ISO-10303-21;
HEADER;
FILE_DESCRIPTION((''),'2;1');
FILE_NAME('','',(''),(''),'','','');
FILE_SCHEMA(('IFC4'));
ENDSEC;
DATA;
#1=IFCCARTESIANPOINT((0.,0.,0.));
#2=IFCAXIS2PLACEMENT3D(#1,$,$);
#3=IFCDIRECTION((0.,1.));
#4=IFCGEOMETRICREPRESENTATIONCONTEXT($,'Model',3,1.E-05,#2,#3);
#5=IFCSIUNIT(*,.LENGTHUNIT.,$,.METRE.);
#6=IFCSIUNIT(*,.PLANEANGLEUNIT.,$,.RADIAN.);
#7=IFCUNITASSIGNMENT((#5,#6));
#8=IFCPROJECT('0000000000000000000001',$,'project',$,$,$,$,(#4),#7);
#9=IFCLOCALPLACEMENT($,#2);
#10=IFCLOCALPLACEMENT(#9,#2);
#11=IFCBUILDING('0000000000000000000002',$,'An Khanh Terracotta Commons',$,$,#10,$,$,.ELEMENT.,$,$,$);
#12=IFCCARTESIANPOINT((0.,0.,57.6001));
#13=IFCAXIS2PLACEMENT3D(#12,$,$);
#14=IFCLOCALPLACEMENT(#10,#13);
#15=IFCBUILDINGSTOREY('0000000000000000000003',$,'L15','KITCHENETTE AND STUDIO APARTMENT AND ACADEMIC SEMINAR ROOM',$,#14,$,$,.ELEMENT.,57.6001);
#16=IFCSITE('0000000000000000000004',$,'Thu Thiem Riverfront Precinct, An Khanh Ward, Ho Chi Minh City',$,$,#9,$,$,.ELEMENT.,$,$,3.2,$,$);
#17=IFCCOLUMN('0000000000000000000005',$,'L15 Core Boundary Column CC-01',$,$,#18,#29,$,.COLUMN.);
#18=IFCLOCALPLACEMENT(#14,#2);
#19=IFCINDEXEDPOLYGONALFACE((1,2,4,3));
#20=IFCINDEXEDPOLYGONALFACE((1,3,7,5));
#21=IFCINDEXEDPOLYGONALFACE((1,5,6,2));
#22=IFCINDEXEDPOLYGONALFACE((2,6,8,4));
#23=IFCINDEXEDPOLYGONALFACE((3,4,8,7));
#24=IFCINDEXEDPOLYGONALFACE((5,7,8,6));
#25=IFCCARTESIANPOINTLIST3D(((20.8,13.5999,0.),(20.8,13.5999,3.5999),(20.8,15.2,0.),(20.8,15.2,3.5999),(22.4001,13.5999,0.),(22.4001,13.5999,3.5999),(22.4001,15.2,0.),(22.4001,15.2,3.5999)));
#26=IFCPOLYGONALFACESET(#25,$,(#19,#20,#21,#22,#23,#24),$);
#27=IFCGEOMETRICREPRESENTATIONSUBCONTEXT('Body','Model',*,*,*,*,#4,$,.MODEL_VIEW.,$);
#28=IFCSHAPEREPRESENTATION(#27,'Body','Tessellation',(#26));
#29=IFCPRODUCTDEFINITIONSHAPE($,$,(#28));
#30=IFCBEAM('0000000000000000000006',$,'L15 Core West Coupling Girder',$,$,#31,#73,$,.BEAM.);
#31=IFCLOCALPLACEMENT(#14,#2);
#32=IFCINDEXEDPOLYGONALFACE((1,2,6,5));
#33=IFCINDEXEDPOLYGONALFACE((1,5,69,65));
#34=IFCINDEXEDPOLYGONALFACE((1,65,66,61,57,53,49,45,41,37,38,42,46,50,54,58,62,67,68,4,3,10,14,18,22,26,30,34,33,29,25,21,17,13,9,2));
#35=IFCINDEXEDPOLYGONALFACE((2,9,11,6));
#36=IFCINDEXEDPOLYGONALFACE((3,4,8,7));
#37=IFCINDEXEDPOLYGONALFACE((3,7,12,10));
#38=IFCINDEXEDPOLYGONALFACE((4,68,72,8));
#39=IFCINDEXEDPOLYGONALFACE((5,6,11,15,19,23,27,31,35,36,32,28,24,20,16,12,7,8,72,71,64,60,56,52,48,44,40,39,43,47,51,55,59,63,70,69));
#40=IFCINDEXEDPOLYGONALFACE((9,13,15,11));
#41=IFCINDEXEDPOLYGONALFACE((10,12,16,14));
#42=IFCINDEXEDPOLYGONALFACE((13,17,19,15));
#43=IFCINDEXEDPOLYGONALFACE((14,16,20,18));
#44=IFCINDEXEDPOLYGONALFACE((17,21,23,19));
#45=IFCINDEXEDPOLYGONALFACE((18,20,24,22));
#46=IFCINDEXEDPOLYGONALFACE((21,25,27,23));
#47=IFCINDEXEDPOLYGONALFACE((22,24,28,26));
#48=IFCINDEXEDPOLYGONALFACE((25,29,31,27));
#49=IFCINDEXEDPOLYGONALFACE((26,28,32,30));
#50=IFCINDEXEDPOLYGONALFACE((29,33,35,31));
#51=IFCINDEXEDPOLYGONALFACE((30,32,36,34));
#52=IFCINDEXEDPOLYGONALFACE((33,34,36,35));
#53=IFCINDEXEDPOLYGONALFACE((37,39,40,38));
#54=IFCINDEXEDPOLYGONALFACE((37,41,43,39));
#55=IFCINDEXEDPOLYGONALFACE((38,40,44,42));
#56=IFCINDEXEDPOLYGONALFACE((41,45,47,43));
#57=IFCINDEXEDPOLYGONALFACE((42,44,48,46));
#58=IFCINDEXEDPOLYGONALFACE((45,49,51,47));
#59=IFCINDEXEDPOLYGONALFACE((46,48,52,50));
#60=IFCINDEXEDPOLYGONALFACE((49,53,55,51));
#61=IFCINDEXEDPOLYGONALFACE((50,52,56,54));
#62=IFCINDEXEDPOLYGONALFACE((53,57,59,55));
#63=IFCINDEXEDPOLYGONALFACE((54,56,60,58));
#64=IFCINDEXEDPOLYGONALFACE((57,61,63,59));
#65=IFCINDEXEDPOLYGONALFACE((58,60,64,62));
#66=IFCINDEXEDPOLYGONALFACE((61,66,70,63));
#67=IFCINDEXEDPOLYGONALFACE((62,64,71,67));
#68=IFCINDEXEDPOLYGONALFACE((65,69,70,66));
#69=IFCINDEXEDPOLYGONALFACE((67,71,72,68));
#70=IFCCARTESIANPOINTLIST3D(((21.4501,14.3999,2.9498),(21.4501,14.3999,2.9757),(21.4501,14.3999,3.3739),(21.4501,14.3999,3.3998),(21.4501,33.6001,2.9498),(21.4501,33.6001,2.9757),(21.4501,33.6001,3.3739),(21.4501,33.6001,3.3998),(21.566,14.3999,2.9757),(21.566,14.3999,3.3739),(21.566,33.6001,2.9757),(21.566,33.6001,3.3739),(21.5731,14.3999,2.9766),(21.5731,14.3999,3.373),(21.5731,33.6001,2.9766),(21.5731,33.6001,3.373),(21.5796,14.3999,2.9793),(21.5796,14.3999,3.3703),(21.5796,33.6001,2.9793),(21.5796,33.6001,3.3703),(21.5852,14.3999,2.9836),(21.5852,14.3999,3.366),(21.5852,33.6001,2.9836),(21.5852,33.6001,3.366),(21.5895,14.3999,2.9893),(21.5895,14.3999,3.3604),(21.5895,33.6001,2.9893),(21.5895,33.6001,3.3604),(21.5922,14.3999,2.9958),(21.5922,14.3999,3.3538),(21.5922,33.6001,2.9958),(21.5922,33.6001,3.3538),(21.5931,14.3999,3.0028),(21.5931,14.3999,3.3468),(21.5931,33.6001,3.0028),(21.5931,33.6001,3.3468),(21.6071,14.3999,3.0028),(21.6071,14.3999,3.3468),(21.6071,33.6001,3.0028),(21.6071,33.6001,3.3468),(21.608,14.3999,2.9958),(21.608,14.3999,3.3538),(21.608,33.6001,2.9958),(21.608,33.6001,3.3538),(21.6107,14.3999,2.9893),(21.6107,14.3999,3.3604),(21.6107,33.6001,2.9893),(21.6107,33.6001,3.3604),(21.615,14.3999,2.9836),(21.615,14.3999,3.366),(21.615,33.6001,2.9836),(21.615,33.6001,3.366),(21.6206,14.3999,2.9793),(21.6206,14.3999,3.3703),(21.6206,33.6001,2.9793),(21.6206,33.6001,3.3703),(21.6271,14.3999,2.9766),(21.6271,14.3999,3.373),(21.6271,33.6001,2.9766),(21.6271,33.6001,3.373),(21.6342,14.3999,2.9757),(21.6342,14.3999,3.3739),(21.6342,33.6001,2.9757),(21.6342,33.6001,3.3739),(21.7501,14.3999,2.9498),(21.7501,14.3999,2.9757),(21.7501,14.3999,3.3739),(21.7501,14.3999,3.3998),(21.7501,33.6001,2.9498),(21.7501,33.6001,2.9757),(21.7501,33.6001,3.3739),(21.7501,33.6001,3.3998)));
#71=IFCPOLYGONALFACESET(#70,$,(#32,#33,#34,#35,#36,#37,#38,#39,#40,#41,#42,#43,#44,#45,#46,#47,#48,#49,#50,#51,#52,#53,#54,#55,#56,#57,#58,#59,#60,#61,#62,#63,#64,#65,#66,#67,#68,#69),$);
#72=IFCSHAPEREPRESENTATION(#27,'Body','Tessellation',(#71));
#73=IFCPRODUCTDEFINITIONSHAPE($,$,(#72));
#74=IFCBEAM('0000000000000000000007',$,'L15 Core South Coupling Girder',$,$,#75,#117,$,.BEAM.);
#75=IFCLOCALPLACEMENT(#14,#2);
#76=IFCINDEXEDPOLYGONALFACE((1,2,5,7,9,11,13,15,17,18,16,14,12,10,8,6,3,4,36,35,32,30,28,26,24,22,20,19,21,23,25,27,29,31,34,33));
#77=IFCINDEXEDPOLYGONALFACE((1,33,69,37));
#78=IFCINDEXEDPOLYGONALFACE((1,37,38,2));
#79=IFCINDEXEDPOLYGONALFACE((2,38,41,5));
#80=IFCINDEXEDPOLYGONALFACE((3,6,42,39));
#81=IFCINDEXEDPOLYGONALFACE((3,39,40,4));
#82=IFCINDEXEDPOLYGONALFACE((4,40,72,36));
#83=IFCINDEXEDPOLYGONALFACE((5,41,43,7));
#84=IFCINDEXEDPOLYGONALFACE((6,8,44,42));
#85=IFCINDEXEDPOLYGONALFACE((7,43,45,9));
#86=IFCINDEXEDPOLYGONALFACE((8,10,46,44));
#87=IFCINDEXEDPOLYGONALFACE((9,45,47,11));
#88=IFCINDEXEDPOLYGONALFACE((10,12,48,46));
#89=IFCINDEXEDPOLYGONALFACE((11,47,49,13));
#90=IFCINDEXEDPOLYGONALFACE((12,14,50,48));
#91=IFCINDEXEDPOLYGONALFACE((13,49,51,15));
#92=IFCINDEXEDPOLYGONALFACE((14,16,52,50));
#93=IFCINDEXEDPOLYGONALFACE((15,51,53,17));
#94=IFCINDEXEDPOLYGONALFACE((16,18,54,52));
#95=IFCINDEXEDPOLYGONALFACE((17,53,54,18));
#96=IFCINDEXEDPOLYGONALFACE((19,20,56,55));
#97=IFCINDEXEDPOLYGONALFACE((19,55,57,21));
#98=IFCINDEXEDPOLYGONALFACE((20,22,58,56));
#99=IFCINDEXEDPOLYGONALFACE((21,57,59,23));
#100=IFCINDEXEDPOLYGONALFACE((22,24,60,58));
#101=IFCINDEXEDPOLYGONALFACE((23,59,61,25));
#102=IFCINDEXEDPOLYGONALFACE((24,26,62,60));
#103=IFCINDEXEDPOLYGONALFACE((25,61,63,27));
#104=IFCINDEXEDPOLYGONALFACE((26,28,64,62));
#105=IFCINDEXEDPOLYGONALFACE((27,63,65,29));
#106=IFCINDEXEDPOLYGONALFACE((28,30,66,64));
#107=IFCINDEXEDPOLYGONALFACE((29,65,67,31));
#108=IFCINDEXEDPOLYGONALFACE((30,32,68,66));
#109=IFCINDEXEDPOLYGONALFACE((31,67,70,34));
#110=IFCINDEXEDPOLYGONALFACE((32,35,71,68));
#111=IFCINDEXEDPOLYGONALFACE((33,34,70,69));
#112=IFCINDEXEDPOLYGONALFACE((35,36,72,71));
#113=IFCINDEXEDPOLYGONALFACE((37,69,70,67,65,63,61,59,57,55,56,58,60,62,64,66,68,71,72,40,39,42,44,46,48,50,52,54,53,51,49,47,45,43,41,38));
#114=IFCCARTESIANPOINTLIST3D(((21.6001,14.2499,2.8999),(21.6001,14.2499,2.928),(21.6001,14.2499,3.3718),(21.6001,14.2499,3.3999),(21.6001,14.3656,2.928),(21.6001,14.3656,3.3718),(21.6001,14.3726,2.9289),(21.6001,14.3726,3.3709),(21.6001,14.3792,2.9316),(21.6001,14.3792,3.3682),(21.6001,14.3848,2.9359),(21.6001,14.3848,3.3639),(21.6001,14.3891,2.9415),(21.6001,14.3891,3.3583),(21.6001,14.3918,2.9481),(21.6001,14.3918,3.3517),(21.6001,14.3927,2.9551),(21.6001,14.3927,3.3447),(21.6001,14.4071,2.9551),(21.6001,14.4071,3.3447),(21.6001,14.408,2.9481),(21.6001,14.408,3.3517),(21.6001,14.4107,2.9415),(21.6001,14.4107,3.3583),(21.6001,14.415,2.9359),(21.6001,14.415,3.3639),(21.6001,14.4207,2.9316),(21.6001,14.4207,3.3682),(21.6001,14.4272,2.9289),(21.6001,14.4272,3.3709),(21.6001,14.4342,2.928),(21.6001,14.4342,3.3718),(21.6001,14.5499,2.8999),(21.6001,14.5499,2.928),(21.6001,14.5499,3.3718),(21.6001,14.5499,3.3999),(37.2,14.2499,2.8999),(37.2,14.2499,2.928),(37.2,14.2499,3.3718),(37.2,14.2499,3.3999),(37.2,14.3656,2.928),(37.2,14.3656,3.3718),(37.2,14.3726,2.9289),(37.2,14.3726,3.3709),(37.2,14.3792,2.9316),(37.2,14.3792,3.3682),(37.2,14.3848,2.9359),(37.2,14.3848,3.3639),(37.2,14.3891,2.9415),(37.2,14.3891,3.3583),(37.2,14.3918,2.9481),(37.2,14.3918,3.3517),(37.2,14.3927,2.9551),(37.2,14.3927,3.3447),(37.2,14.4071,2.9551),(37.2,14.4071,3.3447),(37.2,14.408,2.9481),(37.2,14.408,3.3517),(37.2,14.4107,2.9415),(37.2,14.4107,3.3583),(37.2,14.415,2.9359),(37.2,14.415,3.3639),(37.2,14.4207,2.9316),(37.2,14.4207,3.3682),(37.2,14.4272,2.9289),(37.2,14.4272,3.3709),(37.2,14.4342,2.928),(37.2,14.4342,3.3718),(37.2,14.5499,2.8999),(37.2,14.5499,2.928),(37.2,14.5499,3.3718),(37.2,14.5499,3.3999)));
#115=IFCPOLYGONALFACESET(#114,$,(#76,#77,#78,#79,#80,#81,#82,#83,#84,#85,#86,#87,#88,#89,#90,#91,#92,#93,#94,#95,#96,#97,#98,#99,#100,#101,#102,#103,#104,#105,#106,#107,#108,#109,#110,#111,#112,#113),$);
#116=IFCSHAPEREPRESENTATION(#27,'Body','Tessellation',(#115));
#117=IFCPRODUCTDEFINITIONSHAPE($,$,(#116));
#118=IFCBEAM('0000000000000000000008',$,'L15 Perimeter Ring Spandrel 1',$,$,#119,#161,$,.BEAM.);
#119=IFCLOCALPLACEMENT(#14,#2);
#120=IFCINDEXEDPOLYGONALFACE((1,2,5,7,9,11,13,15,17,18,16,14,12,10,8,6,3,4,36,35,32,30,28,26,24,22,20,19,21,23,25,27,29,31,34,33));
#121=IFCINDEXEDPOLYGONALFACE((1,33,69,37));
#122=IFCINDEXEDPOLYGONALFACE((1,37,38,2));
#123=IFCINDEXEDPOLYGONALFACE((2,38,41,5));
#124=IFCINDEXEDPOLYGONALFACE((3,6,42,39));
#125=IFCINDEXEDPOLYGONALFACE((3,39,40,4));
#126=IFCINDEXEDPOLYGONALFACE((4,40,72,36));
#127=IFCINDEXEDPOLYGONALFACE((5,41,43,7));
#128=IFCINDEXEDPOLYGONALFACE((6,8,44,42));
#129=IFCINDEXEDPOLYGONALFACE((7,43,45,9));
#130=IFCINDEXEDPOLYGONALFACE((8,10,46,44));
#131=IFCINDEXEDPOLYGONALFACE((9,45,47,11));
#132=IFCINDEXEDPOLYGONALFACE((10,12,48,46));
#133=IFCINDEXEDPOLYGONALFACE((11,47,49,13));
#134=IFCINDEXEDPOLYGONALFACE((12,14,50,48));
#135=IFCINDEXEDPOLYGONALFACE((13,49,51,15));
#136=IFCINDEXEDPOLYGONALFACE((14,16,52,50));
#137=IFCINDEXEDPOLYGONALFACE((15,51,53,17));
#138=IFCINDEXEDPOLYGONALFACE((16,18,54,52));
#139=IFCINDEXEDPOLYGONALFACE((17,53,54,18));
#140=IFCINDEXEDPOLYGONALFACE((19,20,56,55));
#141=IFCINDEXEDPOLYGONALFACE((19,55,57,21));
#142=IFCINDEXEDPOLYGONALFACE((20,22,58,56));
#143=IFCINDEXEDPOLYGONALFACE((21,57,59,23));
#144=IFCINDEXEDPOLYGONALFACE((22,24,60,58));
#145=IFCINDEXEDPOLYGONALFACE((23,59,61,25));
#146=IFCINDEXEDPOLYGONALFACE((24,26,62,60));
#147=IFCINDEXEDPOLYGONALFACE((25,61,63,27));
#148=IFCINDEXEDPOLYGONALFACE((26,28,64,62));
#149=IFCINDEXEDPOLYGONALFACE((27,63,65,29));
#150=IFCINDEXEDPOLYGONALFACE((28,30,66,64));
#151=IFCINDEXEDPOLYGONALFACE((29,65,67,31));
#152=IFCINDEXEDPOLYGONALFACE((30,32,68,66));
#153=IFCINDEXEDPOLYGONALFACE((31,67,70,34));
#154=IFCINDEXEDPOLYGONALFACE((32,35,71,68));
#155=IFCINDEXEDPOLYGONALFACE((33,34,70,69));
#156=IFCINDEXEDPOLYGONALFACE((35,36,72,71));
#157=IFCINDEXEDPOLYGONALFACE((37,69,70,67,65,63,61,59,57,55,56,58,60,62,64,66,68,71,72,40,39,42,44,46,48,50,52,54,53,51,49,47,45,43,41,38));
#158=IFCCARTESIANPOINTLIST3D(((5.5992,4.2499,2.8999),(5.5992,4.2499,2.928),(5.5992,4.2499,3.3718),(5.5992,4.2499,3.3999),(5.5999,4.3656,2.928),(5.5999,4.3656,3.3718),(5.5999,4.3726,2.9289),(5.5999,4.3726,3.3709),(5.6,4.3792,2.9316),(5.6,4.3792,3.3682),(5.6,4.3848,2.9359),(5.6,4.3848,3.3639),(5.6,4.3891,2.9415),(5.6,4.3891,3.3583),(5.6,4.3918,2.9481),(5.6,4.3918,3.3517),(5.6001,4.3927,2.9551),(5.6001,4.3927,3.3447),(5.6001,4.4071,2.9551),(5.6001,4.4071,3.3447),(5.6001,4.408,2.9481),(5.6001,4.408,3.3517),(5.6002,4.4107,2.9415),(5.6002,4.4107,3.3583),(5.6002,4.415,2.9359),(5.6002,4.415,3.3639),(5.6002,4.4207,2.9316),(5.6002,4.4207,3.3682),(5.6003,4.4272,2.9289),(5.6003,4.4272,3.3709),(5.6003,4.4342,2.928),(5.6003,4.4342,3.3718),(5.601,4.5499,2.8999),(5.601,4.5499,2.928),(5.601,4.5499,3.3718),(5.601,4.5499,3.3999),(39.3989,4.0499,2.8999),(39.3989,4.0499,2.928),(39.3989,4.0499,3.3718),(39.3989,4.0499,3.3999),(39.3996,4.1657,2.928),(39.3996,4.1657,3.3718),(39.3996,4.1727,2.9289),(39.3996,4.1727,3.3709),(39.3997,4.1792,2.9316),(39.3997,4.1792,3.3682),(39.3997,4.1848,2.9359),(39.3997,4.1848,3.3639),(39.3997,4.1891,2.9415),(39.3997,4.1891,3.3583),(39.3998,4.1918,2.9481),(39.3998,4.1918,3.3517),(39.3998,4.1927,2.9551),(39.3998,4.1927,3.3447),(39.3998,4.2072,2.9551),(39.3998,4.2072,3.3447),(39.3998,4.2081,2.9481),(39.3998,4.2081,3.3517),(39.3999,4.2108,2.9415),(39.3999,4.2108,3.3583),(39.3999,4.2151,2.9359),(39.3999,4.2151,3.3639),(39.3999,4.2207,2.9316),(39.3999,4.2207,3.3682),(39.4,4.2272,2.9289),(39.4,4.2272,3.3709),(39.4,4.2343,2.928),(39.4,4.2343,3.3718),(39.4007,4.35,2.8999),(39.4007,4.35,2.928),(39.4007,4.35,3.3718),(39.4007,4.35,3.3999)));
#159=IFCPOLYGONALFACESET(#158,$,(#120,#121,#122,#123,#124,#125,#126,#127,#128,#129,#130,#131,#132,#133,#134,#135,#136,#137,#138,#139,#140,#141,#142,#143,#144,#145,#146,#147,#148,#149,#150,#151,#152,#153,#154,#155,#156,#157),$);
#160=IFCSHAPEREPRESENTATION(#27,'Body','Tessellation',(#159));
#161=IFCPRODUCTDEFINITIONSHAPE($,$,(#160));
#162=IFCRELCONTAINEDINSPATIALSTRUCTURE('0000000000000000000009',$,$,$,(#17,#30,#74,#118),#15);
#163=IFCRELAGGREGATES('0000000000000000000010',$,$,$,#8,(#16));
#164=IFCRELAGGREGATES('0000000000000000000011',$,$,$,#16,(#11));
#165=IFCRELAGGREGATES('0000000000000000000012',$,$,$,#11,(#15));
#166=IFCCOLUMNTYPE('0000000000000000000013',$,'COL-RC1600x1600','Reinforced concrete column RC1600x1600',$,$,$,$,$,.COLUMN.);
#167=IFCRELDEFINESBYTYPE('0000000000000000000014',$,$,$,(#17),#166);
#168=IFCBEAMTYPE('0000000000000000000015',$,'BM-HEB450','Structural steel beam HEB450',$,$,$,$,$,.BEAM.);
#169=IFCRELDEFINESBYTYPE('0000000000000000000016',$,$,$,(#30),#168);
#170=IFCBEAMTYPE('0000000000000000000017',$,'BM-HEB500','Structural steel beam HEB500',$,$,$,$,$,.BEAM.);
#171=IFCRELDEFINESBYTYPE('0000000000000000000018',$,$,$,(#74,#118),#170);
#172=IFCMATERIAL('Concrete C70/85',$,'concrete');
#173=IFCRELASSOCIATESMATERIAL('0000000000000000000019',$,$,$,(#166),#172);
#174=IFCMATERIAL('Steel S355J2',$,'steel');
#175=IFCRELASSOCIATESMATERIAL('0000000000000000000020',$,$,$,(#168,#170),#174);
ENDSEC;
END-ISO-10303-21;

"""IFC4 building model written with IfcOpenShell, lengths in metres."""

from ifc_helpers import new_model, si_unit, direction, frame, origin, origin_2d, place, context, subcontext, project, spatial, rectangle, i_section, extrude, material, material_profile, profile_set, type_object, element, save


model = new_model("IFC4")

# Units and contexts
model_context = context("Model", 3, precision=1e-05, world=origin(), true_north=direction((0.0, 1.0)))
body_context = subcontext(model_context, "Body", "Model", "MODEL_VIEW")
ifc_project = project(units=[si_unit("LENGTHUNIT", "METRE"), si_unit("PLANEANGLEUNIT", "RADIAN")], contexts=[model_context])

# Site, building, storey
site_placement = place(None, origin())
site = spatial("IfcSite", under=ifc_project, at=site_placement, Name="Thu Thiem Riverfront Precinct, An Khanh Ward, Ho Chi Minh City", CompositionType="ELEMENT", RefElevation=3.2)
building_placement = place(site_placement, origin())
building = spatial("IfcBuilding", under=site, at=building_placement, Name="An Khanh Terracotta Commons", CompositionType="ELEMENT")
storey_placement = place(building_placement, frame((0.0, 0.0, 57.6001)))
storey = spatial("IfcBuildingStorey", under=building, at=storey_placement, Name="L15", Description="KITCHENETTE AND STUDIO APARTMENT AND ACADEMIC SEMINAR ROOM", CompositionType="ELEMENT", Elevation=57.6001)

# Column
ifc_material_1 = material(Name="Concrete C70/85", Category="concrete")
ifc_material_profile_1 = material_profile(ifc_material_1, rectangle(XDim=1.6001, YDim=1.6001, at=origin_2d()), Name="RC1600x1600")
ifc_profile_set_1 = profile_set([ifc_material_profile_1], Name="Concrete C70/85")
column_type = type_object("IfcColumnType", Name="COL-RC1600x1600", Description="Reinforced concrete column RC1600x1600", PredefinedType="COLUMN", material=ifc_profile_set_1)
column_placement = place(storey_placement, frame((21.6001, 14.3999, 0.0), z_axis=(0.0, 0.0, 1.0), x_axis=(1.0, 0.0, 0.0)))
element("IfcColumn", 1, at=column_placement, inside=storey, type_object=column_type, Name="L15 Core Boundary Column CC-01", PredefinedType="COLUMN", context=body_context, shape_type="SweptSolid", body=[
    extrude(rectangle(XDim=1.6001, YDim=1.6001, at=origin_2d()), origin(), (0.0, 0.0, 1.0), 3.5999),
])

# Beams
ifc_material_2 = material(Name="Steel S355J2", Category="steel")
ifc_material_profile_2 = material_profile(ifc_material_2, i_section(OverallWidth=0.3, OverallDepth=0.45, WebThickness=0.0139, FlangeThickness=0.0259, FilletRadius=0.0271, at=origin_2d()), Name="HEB450")
ifc_profile_set_2 = profile_set([ifc_material_profile_2], Name="Steel S355J2")
beam_type_1 = type_object("IfcBeamType", Name="BM-HEB450", Description="Structural steel beam HEB450", PredefinedType="BEAM", material=ifc_profile_set_2)
beam_1_placement = place(storey_placement, frame((21.6001, 14.3999, 3.1748), z_axis=(0.0, 1.0, 0.0), x_axis=(-1.0, 0.0, 0.0)))
element("IfcBeam", 2, at=beam_1_placement, inside=storey, type_object=beam_type_1, Name="L15 Core West Coupling Girder", PredefinedType="BEAM", context=body_context, shape_type="SweptSolid", body=[
    extrude(i_section(OverallWidth=0.3, OverallDepth=0.45, WebThickness=0.0139, FlangeThickness=0.0259, FilletRadius=0.0271, at=origin_2d()), origin(), (0.0, 0.0, 1.0), 19.2002),
])
ifc_material_profile_3 = material_profile(ifc_material_2, i_section(OverallWidth=0.3, OverallDepth=0.5, WebThickness=0.0144, FlangeThickness=0.0281, FilletRadius=0.0271, at=origin_2d()), Name="HEB500")
ifc_profile_set_3 = profile_set([ifc_material_profile_3], Name="Steel S355J2")
beam_type_2 = type_object("IfcBeamType", Name="BM-HEB500", Description="Structural steel beam HEB500", PredefinedType="BEAM", material=ifc_profile_set_3)
beam_2_placement = place(storey_placement, frame((21.6001, 14.3999, 3.1499), z_axis=(1.0, 0.0, 0.0), x_axis=(0.0, 1.0, 0.0)))
element("IfcBeam", 3, at=beam_2_placement, inside=storey, type_object=beam_type_2, Name="L15 Core South Coupling Girder", PredefinedType="BEAM", context=body_context, shape_type="SweptSolid", body=[
    extrude(i_section(OverallWidth=0.3, OverallDepth=0.5, WebThickness=0.0144, FlangeThickness=0.0281, FilletRadius=0.0271, at=origin_2d()), origin(), (0.0, 0.0, 1.0), 15.5999),
])
beam_3_placement = place(storey_placement, frame((5.6001, 4.3999, 3.1499), z_axis=(0.999983, -0.005916, 0.0), x_axis=(0.005916, 0.999983, 0.0)))
element("IfcBeam", 4, at=beam_3_placement, inside=storey, type_object=beam_type_2, Name="L15 Perimeter Ring Spandrel 1", PredefinedType="BEAM", context=body_context, shape_type="SweptSolid", body=[
    extrude(i_section(OverallWidth=0.3, OverallDepth=0.5, WebThickness=0.0144, FlangeThickness=0.0281, FilletRadius=0.0271, at=origin_2d()), origin(), (0.0, 0.0, 1.0), 33.8003),
])

save(model, "model.ifc")
